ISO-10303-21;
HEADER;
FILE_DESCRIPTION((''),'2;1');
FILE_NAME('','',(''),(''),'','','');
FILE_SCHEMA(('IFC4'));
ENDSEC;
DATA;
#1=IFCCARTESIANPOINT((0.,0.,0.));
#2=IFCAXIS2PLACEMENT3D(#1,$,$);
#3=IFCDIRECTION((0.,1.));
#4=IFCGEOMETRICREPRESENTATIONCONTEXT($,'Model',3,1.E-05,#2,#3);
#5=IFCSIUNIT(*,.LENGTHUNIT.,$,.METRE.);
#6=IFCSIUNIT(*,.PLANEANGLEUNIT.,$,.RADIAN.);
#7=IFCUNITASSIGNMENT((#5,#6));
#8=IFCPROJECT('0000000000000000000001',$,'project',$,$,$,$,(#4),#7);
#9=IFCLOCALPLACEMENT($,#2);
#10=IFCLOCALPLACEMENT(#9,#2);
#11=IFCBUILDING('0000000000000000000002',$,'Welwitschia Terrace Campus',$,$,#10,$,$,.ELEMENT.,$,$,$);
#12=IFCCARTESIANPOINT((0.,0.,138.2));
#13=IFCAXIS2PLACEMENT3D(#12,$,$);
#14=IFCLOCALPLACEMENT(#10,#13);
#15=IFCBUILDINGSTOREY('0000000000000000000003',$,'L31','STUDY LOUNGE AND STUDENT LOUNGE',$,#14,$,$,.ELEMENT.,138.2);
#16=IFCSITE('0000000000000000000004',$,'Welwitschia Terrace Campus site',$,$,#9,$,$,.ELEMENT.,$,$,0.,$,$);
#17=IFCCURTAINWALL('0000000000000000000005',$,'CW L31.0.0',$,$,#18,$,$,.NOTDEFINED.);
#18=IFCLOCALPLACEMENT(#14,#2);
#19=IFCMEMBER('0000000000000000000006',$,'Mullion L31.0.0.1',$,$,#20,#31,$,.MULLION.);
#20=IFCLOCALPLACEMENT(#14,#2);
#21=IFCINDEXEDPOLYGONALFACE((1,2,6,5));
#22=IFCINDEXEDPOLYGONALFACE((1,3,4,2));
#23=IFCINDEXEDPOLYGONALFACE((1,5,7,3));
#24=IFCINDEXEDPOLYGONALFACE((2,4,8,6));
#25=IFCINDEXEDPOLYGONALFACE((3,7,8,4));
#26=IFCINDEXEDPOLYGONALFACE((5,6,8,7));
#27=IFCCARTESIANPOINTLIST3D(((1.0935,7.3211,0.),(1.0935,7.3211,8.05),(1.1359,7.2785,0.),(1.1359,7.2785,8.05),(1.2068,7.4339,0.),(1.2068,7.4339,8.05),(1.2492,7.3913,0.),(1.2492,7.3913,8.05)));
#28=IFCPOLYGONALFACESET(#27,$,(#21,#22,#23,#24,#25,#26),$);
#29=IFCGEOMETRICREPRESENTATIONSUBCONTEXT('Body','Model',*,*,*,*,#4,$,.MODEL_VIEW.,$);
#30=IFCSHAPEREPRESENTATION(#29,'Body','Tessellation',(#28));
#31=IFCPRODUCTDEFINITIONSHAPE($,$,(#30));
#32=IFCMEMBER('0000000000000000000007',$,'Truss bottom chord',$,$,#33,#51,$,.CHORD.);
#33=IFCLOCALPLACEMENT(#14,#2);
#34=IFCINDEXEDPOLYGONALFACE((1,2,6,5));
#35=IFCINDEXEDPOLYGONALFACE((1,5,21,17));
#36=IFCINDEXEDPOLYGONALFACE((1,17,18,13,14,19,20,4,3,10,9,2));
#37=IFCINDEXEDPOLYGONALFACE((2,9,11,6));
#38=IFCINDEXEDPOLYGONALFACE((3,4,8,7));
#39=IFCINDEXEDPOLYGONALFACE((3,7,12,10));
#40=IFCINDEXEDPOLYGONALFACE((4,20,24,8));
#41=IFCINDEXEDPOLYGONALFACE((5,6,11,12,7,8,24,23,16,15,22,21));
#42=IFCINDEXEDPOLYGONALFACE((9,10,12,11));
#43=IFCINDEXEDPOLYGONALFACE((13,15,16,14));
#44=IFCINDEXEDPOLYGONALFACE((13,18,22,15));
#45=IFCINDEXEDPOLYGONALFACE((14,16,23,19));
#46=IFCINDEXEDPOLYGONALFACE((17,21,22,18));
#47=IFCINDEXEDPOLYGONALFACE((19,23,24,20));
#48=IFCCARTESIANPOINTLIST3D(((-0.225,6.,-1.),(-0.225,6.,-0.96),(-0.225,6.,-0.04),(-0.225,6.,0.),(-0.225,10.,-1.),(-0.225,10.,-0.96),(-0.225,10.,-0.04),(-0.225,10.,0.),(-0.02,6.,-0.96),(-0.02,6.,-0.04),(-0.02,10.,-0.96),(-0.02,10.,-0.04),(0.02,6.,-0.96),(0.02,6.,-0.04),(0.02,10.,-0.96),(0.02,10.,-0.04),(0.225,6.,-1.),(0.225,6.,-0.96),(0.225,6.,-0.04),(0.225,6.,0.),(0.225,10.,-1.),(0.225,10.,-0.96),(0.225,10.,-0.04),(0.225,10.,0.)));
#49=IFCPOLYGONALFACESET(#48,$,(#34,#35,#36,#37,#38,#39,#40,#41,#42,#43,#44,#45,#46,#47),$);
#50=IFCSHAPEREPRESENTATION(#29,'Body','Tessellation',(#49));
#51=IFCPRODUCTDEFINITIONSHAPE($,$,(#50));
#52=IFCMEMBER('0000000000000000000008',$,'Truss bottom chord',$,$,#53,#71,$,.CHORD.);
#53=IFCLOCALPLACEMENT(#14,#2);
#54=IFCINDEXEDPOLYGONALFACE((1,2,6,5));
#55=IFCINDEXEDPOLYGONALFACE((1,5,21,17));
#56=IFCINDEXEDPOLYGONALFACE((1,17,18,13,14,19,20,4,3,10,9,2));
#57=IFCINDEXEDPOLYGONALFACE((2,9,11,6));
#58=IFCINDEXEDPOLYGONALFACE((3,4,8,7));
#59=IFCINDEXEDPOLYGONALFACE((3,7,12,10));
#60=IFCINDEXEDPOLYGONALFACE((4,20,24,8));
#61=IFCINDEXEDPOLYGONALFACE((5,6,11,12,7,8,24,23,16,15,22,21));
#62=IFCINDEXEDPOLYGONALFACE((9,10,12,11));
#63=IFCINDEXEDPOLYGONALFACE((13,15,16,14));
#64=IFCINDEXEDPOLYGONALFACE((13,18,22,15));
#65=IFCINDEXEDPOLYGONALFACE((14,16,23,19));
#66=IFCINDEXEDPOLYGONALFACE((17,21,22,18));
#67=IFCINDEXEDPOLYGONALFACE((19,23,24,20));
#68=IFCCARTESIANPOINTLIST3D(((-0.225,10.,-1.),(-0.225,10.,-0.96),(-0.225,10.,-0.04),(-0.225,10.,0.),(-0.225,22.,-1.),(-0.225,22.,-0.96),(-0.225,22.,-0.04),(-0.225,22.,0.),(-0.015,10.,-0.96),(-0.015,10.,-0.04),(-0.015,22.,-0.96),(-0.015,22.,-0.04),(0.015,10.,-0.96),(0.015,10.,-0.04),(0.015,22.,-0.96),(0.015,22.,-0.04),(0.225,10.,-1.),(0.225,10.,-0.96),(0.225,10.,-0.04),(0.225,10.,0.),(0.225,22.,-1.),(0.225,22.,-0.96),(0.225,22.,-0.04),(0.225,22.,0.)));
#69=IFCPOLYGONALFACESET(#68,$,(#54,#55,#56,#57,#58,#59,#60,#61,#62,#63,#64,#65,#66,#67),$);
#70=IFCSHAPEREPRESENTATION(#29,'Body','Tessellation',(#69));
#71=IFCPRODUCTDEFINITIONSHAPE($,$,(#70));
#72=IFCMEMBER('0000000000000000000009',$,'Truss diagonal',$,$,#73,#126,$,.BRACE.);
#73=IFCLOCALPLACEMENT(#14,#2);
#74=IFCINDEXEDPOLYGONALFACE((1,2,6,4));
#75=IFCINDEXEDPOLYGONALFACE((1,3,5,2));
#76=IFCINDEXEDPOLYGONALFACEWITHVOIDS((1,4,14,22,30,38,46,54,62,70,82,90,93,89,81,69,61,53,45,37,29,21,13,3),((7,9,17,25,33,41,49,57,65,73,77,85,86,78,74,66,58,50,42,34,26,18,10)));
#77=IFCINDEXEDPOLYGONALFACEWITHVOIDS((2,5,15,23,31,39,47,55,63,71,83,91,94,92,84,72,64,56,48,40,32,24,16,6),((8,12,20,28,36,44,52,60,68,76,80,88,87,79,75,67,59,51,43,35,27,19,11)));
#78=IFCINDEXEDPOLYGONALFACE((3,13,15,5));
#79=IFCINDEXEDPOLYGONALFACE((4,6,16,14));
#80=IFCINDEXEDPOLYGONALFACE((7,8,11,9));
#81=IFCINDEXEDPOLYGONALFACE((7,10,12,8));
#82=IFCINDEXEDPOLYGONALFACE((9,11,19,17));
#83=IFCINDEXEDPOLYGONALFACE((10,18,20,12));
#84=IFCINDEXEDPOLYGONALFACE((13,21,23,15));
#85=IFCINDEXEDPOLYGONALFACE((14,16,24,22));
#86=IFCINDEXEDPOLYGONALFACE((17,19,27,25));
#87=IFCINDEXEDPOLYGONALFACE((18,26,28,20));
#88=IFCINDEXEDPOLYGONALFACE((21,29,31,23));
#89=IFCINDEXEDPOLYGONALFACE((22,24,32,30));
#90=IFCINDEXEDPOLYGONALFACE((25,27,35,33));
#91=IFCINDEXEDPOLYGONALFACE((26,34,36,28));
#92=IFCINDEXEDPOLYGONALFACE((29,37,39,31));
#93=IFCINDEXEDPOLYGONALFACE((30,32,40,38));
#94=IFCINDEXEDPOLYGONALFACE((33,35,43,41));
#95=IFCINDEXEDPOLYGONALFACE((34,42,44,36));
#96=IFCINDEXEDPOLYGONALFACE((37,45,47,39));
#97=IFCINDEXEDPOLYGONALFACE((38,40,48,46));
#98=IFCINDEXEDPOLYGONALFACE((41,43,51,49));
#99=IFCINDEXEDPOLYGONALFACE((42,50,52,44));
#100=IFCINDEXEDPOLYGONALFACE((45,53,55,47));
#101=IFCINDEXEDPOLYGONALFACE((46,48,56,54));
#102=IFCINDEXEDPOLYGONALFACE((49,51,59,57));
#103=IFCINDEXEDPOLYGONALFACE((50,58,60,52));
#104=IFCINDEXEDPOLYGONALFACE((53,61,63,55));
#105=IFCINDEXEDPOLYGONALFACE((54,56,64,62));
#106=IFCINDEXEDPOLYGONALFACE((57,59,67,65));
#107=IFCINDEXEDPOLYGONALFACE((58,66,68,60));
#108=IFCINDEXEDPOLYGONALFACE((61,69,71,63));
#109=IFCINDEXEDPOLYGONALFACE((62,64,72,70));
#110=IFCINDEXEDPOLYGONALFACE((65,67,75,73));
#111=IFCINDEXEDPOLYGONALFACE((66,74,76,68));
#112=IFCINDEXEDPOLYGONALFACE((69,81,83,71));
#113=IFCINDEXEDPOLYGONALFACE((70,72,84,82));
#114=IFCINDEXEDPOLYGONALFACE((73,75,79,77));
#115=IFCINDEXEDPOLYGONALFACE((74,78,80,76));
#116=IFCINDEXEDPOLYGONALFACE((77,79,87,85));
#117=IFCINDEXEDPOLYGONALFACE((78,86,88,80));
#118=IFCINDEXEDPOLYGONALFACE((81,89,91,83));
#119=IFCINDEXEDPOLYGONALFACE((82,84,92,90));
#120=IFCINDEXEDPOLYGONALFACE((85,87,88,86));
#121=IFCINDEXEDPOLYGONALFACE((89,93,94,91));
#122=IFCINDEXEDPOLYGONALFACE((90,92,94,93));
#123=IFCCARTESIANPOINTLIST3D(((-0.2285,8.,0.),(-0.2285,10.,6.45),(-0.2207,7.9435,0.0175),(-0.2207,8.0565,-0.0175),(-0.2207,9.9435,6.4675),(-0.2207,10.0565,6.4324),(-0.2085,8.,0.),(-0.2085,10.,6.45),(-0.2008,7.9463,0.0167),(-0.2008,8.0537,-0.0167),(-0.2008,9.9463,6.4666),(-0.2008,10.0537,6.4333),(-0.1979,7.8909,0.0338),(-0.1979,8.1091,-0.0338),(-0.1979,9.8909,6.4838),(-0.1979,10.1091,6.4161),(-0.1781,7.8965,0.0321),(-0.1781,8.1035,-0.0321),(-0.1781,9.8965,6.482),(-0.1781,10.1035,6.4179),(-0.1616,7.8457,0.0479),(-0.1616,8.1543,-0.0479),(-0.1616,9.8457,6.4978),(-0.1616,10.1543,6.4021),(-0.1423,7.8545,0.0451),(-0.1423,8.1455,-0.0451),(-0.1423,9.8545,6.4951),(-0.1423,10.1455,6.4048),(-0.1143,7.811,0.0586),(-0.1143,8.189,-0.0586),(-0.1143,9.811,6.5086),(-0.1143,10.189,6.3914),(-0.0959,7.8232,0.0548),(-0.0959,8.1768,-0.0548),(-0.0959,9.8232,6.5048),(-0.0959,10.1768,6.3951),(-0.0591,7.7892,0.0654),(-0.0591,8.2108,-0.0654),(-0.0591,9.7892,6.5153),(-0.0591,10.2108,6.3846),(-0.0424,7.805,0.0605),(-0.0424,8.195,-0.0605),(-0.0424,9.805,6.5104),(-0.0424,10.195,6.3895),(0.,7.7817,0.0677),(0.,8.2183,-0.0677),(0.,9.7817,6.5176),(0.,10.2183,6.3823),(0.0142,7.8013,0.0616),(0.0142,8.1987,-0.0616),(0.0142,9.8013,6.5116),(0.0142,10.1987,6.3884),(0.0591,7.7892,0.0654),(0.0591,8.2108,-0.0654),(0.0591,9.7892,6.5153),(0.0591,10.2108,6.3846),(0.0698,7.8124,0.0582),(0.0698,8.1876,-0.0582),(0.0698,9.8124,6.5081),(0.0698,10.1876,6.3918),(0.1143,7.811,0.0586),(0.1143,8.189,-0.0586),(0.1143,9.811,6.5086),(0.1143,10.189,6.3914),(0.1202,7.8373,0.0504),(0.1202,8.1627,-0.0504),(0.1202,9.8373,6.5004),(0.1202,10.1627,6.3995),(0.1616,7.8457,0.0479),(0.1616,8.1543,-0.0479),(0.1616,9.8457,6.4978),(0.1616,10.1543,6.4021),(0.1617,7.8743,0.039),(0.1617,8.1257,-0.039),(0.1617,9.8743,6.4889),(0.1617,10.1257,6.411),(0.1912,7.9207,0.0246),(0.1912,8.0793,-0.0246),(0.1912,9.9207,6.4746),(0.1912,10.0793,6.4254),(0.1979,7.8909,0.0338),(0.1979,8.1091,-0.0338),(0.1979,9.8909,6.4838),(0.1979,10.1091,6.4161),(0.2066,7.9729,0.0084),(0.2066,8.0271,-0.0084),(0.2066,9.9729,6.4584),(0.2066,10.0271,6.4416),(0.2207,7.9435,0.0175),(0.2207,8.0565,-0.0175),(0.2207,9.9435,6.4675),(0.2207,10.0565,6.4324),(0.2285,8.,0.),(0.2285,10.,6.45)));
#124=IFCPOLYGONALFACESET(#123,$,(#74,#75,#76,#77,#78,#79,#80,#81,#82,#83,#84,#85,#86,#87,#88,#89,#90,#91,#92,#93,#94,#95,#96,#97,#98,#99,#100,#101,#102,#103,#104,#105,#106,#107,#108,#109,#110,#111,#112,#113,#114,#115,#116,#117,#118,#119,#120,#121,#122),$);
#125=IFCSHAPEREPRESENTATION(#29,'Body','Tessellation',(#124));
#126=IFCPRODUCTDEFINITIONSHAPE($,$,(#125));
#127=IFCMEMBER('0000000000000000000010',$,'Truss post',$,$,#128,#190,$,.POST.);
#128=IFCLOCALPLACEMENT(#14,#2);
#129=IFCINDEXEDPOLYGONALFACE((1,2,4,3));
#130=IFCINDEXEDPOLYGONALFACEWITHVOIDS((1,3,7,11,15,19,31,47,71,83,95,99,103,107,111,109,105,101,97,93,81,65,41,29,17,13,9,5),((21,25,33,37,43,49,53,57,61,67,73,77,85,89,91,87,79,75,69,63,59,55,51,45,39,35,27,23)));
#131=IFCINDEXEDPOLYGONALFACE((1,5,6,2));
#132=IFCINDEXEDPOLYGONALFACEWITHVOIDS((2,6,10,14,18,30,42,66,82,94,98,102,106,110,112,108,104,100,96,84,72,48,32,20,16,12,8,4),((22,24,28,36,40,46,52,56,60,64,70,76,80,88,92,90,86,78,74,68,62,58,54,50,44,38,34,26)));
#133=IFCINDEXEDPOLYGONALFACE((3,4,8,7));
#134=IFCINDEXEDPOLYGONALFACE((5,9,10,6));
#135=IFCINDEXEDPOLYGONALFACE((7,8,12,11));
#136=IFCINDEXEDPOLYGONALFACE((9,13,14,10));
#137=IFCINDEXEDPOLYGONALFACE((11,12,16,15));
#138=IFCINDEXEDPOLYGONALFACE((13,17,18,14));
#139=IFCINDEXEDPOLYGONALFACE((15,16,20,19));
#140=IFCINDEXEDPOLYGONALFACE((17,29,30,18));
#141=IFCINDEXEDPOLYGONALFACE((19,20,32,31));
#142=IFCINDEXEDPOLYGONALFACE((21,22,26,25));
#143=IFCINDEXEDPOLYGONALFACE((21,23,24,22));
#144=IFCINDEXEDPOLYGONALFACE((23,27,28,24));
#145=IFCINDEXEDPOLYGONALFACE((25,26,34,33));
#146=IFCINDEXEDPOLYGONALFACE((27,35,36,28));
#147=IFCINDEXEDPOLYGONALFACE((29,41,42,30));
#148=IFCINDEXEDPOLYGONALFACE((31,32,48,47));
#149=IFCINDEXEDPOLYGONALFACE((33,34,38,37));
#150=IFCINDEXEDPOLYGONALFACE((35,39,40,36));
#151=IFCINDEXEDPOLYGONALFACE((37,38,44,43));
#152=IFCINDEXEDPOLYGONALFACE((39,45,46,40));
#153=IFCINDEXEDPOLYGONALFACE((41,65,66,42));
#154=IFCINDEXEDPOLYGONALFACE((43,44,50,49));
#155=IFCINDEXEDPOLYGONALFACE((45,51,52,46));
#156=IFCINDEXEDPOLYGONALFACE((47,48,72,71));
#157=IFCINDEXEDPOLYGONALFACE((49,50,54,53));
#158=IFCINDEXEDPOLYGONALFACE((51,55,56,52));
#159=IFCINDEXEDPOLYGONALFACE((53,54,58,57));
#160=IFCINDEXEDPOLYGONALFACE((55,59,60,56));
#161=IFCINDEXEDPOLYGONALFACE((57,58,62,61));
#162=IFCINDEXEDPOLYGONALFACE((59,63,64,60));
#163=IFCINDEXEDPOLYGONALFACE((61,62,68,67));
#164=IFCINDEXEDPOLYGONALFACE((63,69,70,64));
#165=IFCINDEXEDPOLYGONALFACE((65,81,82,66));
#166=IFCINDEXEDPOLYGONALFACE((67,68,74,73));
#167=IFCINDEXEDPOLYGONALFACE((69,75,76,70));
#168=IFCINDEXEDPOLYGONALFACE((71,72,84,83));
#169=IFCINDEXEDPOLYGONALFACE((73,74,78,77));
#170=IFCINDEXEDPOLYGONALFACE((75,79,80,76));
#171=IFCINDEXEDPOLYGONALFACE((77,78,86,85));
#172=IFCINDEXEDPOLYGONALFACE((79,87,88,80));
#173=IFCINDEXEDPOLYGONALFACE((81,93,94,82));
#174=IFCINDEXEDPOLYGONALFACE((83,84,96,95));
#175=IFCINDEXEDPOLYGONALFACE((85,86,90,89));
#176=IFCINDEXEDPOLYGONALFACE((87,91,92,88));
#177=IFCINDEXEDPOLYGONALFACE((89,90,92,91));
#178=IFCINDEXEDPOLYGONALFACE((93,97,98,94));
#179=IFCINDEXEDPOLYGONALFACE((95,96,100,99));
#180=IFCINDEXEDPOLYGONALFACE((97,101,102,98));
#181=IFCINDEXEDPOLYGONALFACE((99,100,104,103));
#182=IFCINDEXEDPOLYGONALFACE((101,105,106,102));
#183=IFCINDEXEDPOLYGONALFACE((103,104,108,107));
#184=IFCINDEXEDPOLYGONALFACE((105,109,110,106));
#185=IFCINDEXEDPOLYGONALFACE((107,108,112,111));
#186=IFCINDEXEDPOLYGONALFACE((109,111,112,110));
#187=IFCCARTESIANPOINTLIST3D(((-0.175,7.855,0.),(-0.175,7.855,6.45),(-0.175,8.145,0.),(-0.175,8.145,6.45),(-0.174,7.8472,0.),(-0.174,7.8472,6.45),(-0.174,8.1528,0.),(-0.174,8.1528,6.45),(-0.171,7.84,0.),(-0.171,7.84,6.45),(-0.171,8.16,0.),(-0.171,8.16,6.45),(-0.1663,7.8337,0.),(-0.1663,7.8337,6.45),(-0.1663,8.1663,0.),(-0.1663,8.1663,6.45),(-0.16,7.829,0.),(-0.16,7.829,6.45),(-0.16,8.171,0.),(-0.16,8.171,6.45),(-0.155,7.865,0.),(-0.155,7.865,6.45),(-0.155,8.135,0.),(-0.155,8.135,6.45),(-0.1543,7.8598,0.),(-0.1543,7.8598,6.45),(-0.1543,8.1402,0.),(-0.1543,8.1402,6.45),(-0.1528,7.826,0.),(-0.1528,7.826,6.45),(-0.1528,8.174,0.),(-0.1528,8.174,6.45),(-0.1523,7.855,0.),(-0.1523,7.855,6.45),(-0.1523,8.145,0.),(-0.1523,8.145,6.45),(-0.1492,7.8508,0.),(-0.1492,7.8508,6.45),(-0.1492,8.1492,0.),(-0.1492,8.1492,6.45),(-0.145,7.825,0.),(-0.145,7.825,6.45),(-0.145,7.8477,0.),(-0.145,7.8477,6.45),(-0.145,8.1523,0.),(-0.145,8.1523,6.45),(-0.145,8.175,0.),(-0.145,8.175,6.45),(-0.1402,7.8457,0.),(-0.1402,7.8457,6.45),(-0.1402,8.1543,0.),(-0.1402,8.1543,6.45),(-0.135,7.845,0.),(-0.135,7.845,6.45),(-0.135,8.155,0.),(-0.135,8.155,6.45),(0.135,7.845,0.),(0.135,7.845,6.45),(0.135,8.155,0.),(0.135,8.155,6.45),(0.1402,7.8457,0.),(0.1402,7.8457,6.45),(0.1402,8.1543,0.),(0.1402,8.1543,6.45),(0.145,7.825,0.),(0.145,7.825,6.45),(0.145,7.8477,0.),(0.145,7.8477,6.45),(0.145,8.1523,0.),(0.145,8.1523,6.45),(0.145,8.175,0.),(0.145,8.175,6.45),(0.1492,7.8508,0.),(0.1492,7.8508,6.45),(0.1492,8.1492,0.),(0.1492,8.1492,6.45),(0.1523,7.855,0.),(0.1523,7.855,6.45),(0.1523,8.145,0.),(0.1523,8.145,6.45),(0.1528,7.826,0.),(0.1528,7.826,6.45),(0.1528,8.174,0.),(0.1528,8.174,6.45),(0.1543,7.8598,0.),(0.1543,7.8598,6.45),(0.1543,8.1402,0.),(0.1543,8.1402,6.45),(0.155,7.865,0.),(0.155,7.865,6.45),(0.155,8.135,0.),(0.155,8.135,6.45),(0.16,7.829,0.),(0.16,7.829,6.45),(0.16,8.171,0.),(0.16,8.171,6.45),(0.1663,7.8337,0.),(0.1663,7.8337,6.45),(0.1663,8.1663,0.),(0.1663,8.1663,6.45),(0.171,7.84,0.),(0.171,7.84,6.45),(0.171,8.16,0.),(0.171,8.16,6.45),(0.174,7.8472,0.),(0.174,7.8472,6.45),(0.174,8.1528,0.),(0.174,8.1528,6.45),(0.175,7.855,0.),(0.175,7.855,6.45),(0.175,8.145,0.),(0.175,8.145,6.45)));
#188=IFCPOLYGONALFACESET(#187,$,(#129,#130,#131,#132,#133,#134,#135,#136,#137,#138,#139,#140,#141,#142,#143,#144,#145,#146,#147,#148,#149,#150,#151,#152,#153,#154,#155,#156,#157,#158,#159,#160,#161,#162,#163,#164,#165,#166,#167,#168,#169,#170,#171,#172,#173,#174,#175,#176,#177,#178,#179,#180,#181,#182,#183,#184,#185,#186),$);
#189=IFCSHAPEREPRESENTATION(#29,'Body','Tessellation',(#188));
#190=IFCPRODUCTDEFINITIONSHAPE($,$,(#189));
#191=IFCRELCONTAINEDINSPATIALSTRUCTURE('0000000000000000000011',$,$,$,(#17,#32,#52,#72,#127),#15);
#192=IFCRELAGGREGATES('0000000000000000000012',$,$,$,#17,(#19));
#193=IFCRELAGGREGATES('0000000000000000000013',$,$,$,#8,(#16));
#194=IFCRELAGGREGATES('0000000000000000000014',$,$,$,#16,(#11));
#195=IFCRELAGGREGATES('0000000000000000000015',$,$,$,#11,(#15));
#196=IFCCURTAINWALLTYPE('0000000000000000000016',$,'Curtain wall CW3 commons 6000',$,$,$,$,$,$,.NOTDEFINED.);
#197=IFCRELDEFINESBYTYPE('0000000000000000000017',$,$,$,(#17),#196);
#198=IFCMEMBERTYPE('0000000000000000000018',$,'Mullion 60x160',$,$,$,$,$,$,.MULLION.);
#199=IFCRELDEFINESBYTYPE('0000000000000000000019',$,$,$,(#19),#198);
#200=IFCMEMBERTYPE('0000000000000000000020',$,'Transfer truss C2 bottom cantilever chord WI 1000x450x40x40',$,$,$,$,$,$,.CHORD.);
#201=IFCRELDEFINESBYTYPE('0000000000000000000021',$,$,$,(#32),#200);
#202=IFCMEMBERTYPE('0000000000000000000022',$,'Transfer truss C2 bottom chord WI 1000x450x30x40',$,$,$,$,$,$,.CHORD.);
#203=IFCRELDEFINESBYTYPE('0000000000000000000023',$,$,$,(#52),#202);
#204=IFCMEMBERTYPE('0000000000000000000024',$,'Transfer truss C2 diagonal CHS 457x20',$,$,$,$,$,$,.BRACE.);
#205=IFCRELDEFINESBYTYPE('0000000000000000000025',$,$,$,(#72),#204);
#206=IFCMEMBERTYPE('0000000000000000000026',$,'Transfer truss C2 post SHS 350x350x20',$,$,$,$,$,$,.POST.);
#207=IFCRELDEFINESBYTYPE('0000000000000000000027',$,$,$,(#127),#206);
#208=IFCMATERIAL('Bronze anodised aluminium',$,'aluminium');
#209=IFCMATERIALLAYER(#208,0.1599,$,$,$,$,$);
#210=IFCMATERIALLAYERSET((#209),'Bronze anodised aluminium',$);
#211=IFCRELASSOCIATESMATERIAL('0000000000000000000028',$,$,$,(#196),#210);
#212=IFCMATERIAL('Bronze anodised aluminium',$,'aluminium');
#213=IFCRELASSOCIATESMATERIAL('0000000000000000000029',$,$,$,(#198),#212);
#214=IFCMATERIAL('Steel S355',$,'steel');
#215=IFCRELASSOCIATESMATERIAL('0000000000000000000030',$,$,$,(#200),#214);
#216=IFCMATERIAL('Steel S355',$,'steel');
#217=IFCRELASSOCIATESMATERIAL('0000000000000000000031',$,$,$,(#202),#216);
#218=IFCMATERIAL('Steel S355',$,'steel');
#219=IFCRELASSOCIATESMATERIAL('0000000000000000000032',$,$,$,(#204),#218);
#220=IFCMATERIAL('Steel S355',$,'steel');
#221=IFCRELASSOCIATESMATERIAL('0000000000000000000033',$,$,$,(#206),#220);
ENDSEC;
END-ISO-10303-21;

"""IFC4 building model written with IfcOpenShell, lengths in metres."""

from ifc_helpers import new_model, si_unit, direction, frame, origin, origin_2d, place, context, subcontext, project, spatial, rectangle, hollow_rectangle, hollow_circle, i_section, extrude, material, layer, layer_set, material_profile, profile_set, type_object, element, aggregate, save


model = new_model("IFC4")

# Units and contexts
model_context = context("Model", 3, precision=1e-05, world=origin(), true_north=direction((0.0, 1.0)))
body_context = subcontext(model_context, "Body", "Model", "MODEL_VIEW")
ifc_project = project(units=[si_unit("LENGTHUNIT", "METRE"), si_unit("PLANEANGLEUNIT", "RADIAN")], contexts=[model_context])

# Site, building, storey
site_placement = place(None, origin())
site = spatial("IfcSite", under=ifc_project, at=site_placement, Name="Welwitschia Terrace Campus site", CompositionType="ELEMENT", RefElevation=0.0)
building_placement = place(site_placement, origin())
building = spatial("IfcBuilding", under=site, at=building_placement, Name="Welwitschia Terrace Campus", CompositionType="ELEMENT")
storey_placement = place(building_placement, frame((0.0, 0.0, 138.2)))
storey = spatial("IfcBuildingStorey", under=building, at=storey_placement, Name="L31", Description="STUDY LOUNGE AND STUDENT LOUNGE", CompositionType="ELEMENT", Elevation=138.2)

# Curtain wall, member
ifc_material_1 = material(Name="Bronze anodised aluminium", Category="aluminium")
ifc_layer_1 = layer(ifc_material_1, 0.1599)
ifc_layer_set_1 = layer_set([ifc_layer_1], Name="Bronze anodised aluminium")
curtain_wall_type = type_object("IfcCurtainWallType", Name="Curtain wall CW3 commons 6000", PredefinedType="NOTDEFINED", material=ifc_layer_set_1)
curtain_wall_placement = place(storey_placement, origin())
curtain_wall = element("IfcCurtainWall", 1, at=curtain_wall_placement, inside=storey, type_object=curtain_wall_type, Name="CW L31.0.0", PredefinedType="NOTDEFINED")
ifc_material_2 = material(Name="Bronze anodised aluminium", Category="aluminium")
ifc_material_profile_1 = material_profile(ifc_material_2, rectangle(XDim=0.1599, YDim=0.0601, at=origin_2d()))
ifc_profile_set_1 = profile_set([ifc_material_profile_1], Name="Bronze anodised aluminium")
member_type_1 = type_object("IfcMemberType", Name="Mullion 60x160", PredefinedType="MULLION", material=ifc_profile_set_1)
member_1_placement = place(storey_placement, frame((1.1714, 7.3562, 0.0), z_axis=(0.0, 0.0, 1.0), x_axis=(0.708542, 0.705668, 0.0)))
member_1 = element("IfcMember", 2, at=member_1_placement, type_object=member_type_1, Name="Mullion L31.0.0.1", PredefinedType="MULLION", context=body_context, shape_type="SweptSolid", body=[
    extrude(rectangle(XDim=0.1599, YDim=0.0601, at=origin_2d()), origin(), (0.0, 0.0, 1.0), 8.05),
])

# Members
ifc_material_3 = material(Name="Steel S355", Category="steel")
ifc_material_profile_2 = material_profile(ifc_material_3, i_section(OverallWidth=0.45, OverallDepth=1.0, WebThickness=0.04, FlangeThickness=0.04, at=origin_2d()))
ifc_profile_set_2 = profile_set([ifc_material_profile_2], Name="Steel S355")
member_type_2 = type_object("IfcMemberType", Name="Transfer truss C2 bottom cantilever chord WI 1000x450x40x40", PredefinedType="CHORD", material=ifc_profile_set_2)
member_2_placement = place(storey_placement, frame((0.0, 6.0, -0.5), z_axis=(0.0, 1.0, 0.0), x_axis=(-1.0, 0.0, 0.0)))
element("IfcMember", 3, at=member_2_placement, inside=storey, type_object=member_type_2, Name="Truss bottom chord", PredefinedType="CHORD", context=body_context, shape_type="SweptSolid", body=[
    extrude(i_section(OverallWidth=0.45, OverallDepth=1.0, WebThickness=0.04, FlangeThickness=0.04, at=origin_2d()), origin(), (0.0, 0.0, 1.0), 4.0),
])
ifc_material_4 = material(Name="Steel S355", Category="steel")
ifc_material_profile_3 = material_profile(ifc_material_4, i_section(OverallWidth=0.45, OverallDepth=1.0, WebThickness=0.03, FlangeThickness=0.04, at=origin_2d()))
ifc_profile_set_3 = profile_set([ifc_material_profile_3], Name="Steel S355")
member_type_3 = type_object("IfcMemberType", Name="Transfer truss C2 bottom chord WI 1000x450x30x40", PredefinedType="CHORD", material=ifc_profile_set_3)
member_3_placement = place(storey_placement, frame((0.0, 10.0, -0.5), z_axis=(0.0, 1.0, 0.0), x_axis=(-1.0, 0.0, 0.0)))
element("IfcMember", 4, at=member_3_placement, inside=storey, type_object=member_type_3, Name="Truss bottom chord", PredefinedType="CHORD", context=body_context, shape_type="SweptSolid", body=[
    extrude(i_section(OverallWidth=0.45, OverallDepth=1.0, WebThickness=0.03, FlangeThickness=0.04, at=origin_2d()), origin(), (0.0, 0.0, 1.0), 12.0),
])
ifc_material_5 = material(Name="Steel S355", Category="steel")
ifc_material_profile_4 = material_profile(ifc_material_5, hollow_circle(Radius=0.2285, WallThickness=0.02, at=origin_2d()))
ifc_profile_set_4 = profile_set([ifc_material_profile_4], Name="Steel S355")
member_type_4 = type_object("IfcMemberType", Name="Transfer truss C2 diagonal CHS 457x20", PredefinedType="BRACE", material=ifc_profile_set_4)
member_4_placement = place(storey_placement, frame((0.0, 8.0, 0.0), z_axis=(0.0, 0.296168, 0.955136), x_axis=(-1.0, 0.0, 0.0)))
element("IfcMember", 5, at=member_4_placement, inside=storey, type_object=member_type_4, Name="Truss diagonal", PredefinedType="BRACE", context=body_context, shape_type="SweptSolid", body=[
    extrude(hollow_circle(Radius=0.2285, WallThickness=0.02, at=origin_2d()), origin(), (0.0, 0.0, 1.0), 6.7529),
])
ifc_material_6 = material(Name="Steel S355", Category="steel")
ifc_material_profile_5 = material_profile(ifc_material_6, hollow_rectangle(XDim=0.3501, YDim=0.3501, WallThickness=0.02, InnerFilletRadius=0.02, OuterFilletRadius=0.03, at=origin_2d()))
ifc_profile_set_5 = profile_set([ifc_material_profile_5], Name="Steel S355")
member_type_5 = type_object("IfcMemberType", Name="Transfer truss C2 post SHS 350x350x20", PredefinedType="POST", material=ifc_profile_set_5)
for number, where, z_axis, x_axis, name in (
    (6, (0.0, 8.0, 0.0), (0.0, 0.0, 1.0), (1.0, 0.0, 0.0), "Truss post"),
):
    element("IfcMember", number, at=place(storey_placement, frame(where, z_axis=z_axis, x_axis=x_axis)), inside=storey, type_object=member_type_5, Name=name, PredefinedType="POST", context=body_context, shape_type="SweptSolid", body=[
        extrude(hollow_rectangle(XDim=0.3501, YDim=0.3501, WallThickness=0.02, InnerFilletRadius=0.02, OuterFilletRadius=0.03, at=origin_2d()), origin(), (0.0, 0.0, 1.0), 6.45),
    ])

aggregate(curtain_wall, [member_1])

save(model, "model.ifc")
